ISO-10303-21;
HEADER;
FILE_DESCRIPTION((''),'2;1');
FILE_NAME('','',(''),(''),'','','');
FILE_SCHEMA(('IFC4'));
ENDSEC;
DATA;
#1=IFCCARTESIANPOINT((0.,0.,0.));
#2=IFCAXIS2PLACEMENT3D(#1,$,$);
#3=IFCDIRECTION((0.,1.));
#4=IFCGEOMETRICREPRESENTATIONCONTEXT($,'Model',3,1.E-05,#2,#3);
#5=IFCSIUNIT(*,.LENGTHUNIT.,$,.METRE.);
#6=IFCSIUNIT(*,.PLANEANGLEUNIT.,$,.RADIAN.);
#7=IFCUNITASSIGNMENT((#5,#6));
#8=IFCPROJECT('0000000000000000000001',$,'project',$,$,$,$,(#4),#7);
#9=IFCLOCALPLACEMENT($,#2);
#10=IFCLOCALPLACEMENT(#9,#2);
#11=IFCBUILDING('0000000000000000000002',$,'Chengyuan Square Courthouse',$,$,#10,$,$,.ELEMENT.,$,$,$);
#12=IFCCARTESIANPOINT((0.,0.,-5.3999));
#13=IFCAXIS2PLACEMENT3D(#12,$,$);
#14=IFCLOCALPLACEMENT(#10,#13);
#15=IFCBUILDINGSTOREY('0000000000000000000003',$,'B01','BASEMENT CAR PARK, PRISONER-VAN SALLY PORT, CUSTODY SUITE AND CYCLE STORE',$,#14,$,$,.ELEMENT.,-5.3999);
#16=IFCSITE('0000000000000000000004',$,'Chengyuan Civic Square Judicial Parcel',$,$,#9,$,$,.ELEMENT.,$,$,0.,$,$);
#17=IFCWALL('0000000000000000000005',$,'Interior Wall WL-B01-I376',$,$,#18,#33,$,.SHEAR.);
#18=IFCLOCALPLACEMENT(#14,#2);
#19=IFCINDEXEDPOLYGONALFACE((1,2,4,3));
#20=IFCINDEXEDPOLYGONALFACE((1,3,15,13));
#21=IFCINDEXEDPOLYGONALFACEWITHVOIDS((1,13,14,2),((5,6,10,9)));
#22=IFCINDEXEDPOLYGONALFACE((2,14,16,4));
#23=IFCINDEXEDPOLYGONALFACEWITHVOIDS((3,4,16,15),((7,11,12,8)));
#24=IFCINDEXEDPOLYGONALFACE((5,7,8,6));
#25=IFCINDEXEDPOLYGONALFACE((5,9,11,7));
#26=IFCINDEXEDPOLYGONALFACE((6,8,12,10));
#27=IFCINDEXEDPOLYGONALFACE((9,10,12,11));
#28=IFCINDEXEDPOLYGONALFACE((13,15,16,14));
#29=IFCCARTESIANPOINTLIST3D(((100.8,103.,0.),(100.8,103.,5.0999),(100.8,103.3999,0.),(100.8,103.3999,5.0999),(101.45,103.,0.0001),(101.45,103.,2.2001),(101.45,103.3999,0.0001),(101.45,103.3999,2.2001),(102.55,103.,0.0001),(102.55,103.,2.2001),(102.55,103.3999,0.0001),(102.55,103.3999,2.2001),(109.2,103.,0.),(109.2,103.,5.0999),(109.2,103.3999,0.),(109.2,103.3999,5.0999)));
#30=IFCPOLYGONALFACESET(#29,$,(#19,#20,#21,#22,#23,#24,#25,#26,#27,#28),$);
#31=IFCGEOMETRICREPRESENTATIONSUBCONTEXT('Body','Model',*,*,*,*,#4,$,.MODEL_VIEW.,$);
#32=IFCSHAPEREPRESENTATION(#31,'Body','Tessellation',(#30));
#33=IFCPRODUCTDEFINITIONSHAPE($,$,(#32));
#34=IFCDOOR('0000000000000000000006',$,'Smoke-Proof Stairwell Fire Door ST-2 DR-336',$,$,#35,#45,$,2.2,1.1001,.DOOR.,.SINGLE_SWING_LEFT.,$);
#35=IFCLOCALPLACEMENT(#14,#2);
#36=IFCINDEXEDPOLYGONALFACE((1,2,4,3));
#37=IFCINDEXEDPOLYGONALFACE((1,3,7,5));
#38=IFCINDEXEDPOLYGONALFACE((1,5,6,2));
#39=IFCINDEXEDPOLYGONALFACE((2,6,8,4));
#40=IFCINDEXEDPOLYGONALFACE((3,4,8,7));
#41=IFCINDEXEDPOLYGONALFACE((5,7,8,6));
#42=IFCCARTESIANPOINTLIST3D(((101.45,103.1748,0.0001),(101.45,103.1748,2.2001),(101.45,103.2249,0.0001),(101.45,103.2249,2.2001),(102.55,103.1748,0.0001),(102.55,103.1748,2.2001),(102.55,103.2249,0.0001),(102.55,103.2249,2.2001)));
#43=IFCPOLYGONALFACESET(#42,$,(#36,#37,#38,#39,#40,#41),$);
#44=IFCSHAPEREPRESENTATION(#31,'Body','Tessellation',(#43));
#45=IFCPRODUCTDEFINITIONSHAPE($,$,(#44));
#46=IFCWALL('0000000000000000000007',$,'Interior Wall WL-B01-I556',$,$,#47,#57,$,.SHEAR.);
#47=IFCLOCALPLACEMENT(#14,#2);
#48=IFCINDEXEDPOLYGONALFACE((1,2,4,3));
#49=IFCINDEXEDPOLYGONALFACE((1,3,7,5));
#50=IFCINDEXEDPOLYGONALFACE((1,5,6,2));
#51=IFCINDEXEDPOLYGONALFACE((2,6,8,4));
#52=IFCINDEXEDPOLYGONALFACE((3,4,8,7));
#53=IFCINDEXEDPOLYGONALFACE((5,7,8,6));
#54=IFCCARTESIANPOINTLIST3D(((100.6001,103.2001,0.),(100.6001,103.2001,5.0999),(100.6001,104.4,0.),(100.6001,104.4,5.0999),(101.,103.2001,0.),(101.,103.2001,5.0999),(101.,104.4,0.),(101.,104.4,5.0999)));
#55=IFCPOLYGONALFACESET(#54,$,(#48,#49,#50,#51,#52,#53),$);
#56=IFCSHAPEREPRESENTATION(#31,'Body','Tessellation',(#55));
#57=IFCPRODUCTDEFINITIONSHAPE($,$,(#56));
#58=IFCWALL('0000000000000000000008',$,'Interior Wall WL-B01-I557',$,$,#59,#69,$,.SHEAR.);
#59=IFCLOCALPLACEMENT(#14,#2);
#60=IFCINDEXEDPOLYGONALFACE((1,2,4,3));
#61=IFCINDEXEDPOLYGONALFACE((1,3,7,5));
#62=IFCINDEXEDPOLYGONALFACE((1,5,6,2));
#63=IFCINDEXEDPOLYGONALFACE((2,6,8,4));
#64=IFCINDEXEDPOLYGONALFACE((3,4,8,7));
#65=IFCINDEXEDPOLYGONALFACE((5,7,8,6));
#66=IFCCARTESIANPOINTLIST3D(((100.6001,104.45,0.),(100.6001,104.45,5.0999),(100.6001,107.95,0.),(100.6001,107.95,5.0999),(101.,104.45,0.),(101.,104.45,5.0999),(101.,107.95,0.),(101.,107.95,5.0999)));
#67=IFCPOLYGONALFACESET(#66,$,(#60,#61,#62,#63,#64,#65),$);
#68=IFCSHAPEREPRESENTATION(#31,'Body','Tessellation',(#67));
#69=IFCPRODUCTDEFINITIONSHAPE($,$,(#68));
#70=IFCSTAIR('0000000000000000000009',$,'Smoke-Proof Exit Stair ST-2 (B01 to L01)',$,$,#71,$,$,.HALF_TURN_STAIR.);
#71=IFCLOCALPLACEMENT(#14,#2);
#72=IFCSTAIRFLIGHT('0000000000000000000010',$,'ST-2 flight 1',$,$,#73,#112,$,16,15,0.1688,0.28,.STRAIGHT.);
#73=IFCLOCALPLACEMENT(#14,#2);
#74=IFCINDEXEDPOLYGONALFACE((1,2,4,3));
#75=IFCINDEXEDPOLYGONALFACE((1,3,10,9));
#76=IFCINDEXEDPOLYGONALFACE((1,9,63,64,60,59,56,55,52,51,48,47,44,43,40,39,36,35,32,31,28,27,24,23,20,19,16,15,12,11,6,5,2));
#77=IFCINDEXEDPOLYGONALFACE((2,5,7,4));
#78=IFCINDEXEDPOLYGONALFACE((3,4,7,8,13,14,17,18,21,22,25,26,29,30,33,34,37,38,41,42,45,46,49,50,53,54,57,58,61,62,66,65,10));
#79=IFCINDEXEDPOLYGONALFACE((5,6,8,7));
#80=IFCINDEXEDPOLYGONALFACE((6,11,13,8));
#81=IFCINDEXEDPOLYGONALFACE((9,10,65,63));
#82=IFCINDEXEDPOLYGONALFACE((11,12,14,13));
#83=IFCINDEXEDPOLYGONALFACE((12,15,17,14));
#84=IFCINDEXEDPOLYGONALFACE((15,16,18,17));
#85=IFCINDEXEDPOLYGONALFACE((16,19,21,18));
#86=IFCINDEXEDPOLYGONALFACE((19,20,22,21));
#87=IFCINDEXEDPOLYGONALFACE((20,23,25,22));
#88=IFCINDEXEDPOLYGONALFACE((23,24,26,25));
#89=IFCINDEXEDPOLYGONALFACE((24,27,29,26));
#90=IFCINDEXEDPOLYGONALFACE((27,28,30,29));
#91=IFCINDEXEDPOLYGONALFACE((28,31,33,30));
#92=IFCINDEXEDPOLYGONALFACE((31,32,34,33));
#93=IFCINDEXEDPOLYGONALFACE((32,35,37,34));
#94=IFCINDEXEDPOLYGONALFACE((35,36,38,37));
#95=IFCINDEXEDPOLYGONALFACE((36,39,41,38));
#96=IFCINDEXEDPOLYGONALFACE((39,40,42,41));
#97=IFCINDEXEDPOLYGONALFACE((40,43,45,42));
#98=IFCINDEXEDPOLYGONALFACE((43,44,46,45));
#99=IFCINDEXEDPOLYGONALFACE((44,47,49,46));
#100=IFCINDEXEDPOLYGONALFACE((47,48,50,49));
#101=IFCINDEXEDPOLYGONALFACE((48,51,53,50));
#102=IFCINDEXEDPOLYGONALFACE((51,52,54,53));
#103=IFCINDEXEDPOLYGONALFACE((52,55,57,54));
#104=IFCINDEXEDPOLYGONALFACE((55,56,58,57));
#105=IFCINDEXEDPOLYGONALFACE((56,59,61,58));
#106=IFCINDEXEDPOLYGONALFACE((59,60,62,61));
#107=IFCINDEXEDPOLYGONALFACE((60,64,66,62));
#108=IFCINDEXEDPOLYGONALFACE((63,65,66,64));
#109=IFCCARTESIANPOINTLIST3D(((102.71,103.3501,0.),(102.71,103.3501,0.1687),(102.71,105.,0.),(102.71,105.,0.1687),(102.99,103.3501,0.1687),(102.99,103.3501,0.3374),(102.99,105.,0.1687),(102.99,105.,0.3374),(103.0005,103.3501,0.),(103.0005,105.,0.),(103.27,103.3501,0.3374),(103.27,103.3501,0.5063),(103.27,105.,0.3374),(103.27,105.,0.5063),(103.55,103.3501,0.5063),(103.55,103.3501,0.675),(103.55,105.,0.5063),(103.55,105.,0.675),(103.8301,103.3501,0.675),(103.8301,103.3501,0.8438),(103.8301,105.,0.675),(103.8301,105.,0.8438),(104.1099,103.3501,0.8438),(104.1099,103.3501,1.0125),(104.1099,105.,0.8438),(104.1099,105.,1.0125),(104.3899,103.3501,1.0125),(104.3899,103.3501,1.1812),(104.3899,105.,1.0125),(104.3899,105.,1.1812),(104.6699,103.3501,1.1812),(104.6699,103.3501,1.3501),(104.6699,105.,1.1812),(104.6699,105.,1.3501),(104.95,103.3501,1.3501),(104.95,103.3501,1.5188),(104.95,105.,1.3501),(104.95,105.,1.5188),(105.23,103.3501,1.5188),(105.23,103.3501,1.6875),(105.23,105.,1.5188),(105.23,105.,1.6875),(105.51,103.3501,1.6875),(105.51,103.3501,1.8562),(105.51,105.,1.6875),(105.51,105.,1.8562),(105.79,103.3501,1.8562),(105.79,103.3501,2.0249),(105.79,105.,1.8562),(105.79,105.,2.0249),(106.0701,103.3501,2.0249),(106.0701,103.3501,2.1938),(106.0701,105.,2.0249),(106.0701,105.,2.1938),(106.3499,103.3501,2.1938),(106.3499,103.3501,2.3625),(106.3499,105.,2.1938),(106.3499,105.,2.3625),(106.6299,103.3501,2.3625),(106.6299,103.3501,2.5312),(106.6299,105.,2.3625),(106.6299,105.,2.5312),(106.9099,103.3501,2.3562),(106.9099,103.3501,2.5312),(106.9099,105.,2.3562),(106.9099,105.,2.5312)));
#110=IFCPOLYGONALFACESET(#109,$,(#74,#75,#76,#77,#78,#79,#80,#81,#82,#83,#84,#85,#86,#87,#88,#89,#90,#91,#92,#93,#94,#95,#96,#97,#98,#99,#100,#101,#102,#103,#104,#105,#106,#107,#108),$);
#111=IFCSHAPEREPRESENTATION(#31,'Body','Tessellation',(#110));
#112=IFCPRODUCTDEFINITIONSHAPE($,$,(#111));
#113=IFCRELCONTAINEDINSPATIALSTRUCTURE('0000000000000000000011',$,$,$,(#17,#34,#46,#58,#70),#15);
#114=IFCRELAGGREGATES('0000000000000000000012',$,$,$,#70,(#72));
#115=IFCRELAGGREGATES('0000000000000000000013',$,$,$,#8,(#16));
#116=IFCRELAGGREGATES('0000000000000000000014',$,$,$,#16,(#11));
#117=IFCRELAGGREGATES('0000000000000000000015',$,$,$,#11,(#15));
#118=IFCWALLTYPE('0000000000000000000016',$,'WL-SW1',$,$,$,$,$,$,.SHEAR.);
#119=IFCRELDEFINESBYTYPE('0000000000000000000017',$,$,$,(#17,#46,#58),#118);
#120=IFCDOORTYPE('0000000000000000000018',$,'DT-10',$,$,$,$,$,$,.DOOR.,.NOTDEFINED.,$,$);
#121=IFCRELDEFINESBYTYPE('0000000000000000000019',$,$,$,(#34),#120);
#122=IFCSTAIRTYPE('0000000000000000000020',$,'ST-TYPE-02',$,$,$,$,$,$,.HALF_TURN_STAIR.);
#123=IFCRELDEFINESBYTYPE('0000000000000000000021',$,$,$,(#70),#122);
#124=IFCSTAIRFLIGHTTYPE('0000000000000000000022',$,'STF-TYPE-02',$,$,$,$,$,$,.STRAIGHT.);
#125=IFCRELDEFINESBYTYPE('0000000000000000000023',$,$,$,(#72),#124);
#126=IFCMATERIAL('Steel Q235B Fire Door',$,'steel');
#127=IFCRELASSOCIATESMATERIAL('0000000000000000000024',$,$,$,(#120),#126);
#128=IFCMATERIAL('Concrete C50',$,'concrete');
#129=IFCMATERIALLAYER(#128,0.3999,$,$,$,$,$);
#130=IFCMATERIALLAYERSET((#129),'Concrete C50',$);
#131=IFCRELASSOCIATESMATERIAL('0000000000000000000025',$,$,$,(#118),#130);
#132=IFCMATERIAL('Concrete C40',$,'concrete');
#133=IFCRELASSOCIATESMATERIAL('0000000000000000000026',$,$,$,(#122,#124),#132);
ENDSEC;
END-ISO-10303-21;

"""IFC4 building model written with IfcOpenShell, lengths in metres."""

from ifc_helpers import new_model, si_unit, direction, frame, frame_2d, origin, place, context, subcontext, project, spatial, polyline, rectangle, outline, extrude, material, layer, layer_set, type_object, element, fill, aggregate, save


model = new_model("IFC4")

# Units and contexts
model_context = context("Model", 3, precision=1e-05, world=origin(), true_north=direction((0.0, 1.0)))
body_context = subcontext(model_context, "Body", "Model", "MODEL_VIEW")
ifc_project = project(units=[si_unit("LENGTHUNIT", "METRE"), si_unit("PLANEANGLEUNIT", "RADIAN")], contexts=[model_context])

# Site, building, storey
site_placement = place(None, origin())
site = spatial("IfcSite", under=ifc_project, at=site_placement, Name="Chengyuan Civic Square Judicial Parcel", CompositionType="ELEMENT", RefElevation=0.0)
building_placement = place(site_placement, origin())
building = spatial("IfcBuilding", under=site, at=building_placement, Name="Chengyuan Square Courthouse", CompositionType="ELEMENT")
storey_placement = place(building_placement, frame((0.0, 0.0, -5.3999)))
storey = spatial("IfcBuildingStorey", under=building, at=storey_placement, Name="B01", Description="BASEMENT CAR PARK, PRISONER-VAN SALLY PORT, CUSTODY SUITE AND CYCLE STORE", CompositionType="ELEMENT", Elevation=-5.3999)

# Shared definitions
ifc_material_1 = material(Name="Concrete C50", Category="concrete")

# Shared definitions
ifc_material_2 = material(Name="Concrete C40", Category="concrete")

# Shared definitions
ifc_material_3 = material(Name="Steel Q235B Fire Door", Category="steel")

# Shared definitions
door_type_1 = type_object("IfcDoorType", Name="DT-10", OperationType="NOTDEFINED", PredefinedType="DOOR", material=ifc_material_3)

# Wall, opening, door
ifc_layer_1 = layer(ifc_material_1, 0.3999)
ifc_layer_set_1 = layer_set([ifc_layer_1], Name="Concrete C50")
wall_type_1 = type_object("IfcWallType", Name="WL-SW1", PredefinedType="SHEAR", material=ifc_layer_set_1)
wall_1_placement = place(storey_placement, frame((100.8, 103.2, 0.0), z_axis=(0.0, 0.0, 1.0), x_axis=(1.0, 0.0, 0.0)))
wall_1 = element("IfcWall", 1, at=wall_1_placement, inside=storey, type_object=wall_type_1, Name="Interior Wall WL-B01-I376", PredefinedType="SHEAR", context=body_context, shape_type="SweptSolid", body=[
    extrude(rectangle(XDim=8.3999, YDim=0.3999, at=frame_2d((4.2, 0.0))), origin(), (0.0, 0.0, 1.0), 5.0999),
])
opening_1_placement = place(wall_1_placement, frame((0.6499, 0.0, 0.0)))
opening_1 = element("IfcOpeningElement", 2, at=opening_1_placement, cuts=wall_1, PredefinedType="OPENING", context=body_context, shape_type="SweptSolid", body=[
    extrude(rectangle(XDim=1.1001, YDim=2.2, at=frame_2d((0.55, 1.1001))), frame((0.0, 0.2119, 0.0), z_axis=(0.0, -1.0, 0.0), x_axis=(1.0, 0.0, 0.0)), (0.0, 0.0, 1.0), 0.4238),
])
door_1_placement = place(opening_1_placement, origin())
door_1 = element("IfcDoor", 3, at=door_1_placement, inside=storey, type_object=door_type_1, Name="Smoke-Proof Stairwell Fire Door ST-2 DR-336", OperationType="SINGLE_SWING_LEFT", OverallHeight=2.2, OverallWidth=1.1001, PredefinedType="DOOR", context=body_context, shape_type="SweptSolid", body=[
    extrude(rectangle(XDim=1.1001, YDim=2.2, at=frame_2d((0.55, 1.1001))), frame((0.0, 0.0249, 0.0), z_axis=(0.0, -1.0, 0.0), x_axis=(1.0, 0.0, 0.0)), (0.0, 0.0, 1.0), 0.05),
])
fill(opening_1, door_1)

# Walls
wall_2_placement = place(storey_placement, frame((100.8, 103.2, 0.0), z_axis=(0.0, 0.0, 1.0), x_axis=(0.0, 1.0, 0.0)))
element("IfcWall", 4, at=wall_2_placement, inside=storey, type_object=wall_type_1, Name="Interior Wall WL-B01-I556", PredefinedType="SHEAR", context=body_context, shape_type="SweptSolid", body=[
    extrude(rectangle(XDim=1.2, YDim=0.3999, at=frame_2d((0.6001, 0.0))), origin(), (0.0, 0.0, 1.0), 5.0999),
])
wall_3_placement = place(storey_placement, frame((100.8, 104.45, 0.0), z_axis=(0.0, 0.0, 1.0), x_axis=(0.0, 1.0, 0.0)))
element("IfcWall", 5, at=wall_3_placement, inside=storey, type_object=wall_type_1, Name="Interior Wall WL-B01-I557", PredefinedType="SHEAR", context=body_context, shape_type="SweptSolid", body=[
    extrude(rectangle(XDim=3.5, YDim=0.3999, at=frame_2d((1.75, 0.0))), origin(), (0.0, 0.0, 1.0), 5.0999),
])

# Stair, stair flight
stair_type = type_object("IfcStairType", Name="ST-TYPE-02", PredefinedType="HALF_TURN_STAIR", material=ifc_material_2)
stair_placement = place(storey_placement, origin())
stair = element("IfcStair", 6, at=stair_placement, inside=storey, type_object=stair_type, Name="Smoke-Proof Exit Stair ST-2 (B01 to L01)", PredefinedType="HALF_TURN_STAIR")
stair_flight_type = type_object("IfcStairFlightType", Name="STF-TYPE-02", PredefinedType="STRAIGHT", material=ifc_material_2)
stair_flight_placement = place(storey_placement, frame((102.71, 104.175, 0.0), z_axis=(0.0, 0.0, 1.0), x_axis=(1.0, 0.0, 0.0)))
stair_flight = element("IfcStairFlight", 7, at=stair_flight_placement, type_object=stair_flight_type, Name="ST-2 flight 1", NumberOfRisers=16, NumberOfTreads=15, PredefinedType="STRAIGHT", RiserHeight=0.1688, TreadLength=0.28, context=body_context, shape_type="SweptSolid", body=[
    extrude(outline(polyline([(0.0, 0.0), (0.0, 0.1687), (0.28, 0.1687), (0.28, 0.3374), (0.5601, 0.3374), (0.5601, 0.5063), (0.8401, 0.5063), (0.8401, 0.675), (1.1201, 0.675), (1.1201, 0.8438), (1.3999, 0.8438), (1.3999, 1.0125), (1.6799, 1.0125), (1.6799, 1.1812), (1.96, 1.1812), (1.96, 1.3501), (2.24, 1.3501), (2.24, 1.5188), (2.52, 1.5188), (2.52, 1.6875), (2.8, 1.6875), (2.8, 1.8562), (3.0801, 1.8562), (3.0801, 2.0249), (3.3601, 2.0249), (3.3601, 2.1938), (3.6399, 2.1938), (3.6399, 2.3625), (3.9199, 2.3625), (3.9199, 2.5312), (4.2, 2.5312), (4.2, 2.7), (4.2, 2.3562), (0.2905, 0.0), (0.0, 0.0)])), frame((0.0, 0.825, 0.0), z_axis=(0.0, -1.0, 0.0), x_axis=(1.0, 0.0, 0.0)), (0.0, 0.0, 1.0), 1.6499),
])
aggregate(stair, [stair_flight])

save(model, "model.ifc")
